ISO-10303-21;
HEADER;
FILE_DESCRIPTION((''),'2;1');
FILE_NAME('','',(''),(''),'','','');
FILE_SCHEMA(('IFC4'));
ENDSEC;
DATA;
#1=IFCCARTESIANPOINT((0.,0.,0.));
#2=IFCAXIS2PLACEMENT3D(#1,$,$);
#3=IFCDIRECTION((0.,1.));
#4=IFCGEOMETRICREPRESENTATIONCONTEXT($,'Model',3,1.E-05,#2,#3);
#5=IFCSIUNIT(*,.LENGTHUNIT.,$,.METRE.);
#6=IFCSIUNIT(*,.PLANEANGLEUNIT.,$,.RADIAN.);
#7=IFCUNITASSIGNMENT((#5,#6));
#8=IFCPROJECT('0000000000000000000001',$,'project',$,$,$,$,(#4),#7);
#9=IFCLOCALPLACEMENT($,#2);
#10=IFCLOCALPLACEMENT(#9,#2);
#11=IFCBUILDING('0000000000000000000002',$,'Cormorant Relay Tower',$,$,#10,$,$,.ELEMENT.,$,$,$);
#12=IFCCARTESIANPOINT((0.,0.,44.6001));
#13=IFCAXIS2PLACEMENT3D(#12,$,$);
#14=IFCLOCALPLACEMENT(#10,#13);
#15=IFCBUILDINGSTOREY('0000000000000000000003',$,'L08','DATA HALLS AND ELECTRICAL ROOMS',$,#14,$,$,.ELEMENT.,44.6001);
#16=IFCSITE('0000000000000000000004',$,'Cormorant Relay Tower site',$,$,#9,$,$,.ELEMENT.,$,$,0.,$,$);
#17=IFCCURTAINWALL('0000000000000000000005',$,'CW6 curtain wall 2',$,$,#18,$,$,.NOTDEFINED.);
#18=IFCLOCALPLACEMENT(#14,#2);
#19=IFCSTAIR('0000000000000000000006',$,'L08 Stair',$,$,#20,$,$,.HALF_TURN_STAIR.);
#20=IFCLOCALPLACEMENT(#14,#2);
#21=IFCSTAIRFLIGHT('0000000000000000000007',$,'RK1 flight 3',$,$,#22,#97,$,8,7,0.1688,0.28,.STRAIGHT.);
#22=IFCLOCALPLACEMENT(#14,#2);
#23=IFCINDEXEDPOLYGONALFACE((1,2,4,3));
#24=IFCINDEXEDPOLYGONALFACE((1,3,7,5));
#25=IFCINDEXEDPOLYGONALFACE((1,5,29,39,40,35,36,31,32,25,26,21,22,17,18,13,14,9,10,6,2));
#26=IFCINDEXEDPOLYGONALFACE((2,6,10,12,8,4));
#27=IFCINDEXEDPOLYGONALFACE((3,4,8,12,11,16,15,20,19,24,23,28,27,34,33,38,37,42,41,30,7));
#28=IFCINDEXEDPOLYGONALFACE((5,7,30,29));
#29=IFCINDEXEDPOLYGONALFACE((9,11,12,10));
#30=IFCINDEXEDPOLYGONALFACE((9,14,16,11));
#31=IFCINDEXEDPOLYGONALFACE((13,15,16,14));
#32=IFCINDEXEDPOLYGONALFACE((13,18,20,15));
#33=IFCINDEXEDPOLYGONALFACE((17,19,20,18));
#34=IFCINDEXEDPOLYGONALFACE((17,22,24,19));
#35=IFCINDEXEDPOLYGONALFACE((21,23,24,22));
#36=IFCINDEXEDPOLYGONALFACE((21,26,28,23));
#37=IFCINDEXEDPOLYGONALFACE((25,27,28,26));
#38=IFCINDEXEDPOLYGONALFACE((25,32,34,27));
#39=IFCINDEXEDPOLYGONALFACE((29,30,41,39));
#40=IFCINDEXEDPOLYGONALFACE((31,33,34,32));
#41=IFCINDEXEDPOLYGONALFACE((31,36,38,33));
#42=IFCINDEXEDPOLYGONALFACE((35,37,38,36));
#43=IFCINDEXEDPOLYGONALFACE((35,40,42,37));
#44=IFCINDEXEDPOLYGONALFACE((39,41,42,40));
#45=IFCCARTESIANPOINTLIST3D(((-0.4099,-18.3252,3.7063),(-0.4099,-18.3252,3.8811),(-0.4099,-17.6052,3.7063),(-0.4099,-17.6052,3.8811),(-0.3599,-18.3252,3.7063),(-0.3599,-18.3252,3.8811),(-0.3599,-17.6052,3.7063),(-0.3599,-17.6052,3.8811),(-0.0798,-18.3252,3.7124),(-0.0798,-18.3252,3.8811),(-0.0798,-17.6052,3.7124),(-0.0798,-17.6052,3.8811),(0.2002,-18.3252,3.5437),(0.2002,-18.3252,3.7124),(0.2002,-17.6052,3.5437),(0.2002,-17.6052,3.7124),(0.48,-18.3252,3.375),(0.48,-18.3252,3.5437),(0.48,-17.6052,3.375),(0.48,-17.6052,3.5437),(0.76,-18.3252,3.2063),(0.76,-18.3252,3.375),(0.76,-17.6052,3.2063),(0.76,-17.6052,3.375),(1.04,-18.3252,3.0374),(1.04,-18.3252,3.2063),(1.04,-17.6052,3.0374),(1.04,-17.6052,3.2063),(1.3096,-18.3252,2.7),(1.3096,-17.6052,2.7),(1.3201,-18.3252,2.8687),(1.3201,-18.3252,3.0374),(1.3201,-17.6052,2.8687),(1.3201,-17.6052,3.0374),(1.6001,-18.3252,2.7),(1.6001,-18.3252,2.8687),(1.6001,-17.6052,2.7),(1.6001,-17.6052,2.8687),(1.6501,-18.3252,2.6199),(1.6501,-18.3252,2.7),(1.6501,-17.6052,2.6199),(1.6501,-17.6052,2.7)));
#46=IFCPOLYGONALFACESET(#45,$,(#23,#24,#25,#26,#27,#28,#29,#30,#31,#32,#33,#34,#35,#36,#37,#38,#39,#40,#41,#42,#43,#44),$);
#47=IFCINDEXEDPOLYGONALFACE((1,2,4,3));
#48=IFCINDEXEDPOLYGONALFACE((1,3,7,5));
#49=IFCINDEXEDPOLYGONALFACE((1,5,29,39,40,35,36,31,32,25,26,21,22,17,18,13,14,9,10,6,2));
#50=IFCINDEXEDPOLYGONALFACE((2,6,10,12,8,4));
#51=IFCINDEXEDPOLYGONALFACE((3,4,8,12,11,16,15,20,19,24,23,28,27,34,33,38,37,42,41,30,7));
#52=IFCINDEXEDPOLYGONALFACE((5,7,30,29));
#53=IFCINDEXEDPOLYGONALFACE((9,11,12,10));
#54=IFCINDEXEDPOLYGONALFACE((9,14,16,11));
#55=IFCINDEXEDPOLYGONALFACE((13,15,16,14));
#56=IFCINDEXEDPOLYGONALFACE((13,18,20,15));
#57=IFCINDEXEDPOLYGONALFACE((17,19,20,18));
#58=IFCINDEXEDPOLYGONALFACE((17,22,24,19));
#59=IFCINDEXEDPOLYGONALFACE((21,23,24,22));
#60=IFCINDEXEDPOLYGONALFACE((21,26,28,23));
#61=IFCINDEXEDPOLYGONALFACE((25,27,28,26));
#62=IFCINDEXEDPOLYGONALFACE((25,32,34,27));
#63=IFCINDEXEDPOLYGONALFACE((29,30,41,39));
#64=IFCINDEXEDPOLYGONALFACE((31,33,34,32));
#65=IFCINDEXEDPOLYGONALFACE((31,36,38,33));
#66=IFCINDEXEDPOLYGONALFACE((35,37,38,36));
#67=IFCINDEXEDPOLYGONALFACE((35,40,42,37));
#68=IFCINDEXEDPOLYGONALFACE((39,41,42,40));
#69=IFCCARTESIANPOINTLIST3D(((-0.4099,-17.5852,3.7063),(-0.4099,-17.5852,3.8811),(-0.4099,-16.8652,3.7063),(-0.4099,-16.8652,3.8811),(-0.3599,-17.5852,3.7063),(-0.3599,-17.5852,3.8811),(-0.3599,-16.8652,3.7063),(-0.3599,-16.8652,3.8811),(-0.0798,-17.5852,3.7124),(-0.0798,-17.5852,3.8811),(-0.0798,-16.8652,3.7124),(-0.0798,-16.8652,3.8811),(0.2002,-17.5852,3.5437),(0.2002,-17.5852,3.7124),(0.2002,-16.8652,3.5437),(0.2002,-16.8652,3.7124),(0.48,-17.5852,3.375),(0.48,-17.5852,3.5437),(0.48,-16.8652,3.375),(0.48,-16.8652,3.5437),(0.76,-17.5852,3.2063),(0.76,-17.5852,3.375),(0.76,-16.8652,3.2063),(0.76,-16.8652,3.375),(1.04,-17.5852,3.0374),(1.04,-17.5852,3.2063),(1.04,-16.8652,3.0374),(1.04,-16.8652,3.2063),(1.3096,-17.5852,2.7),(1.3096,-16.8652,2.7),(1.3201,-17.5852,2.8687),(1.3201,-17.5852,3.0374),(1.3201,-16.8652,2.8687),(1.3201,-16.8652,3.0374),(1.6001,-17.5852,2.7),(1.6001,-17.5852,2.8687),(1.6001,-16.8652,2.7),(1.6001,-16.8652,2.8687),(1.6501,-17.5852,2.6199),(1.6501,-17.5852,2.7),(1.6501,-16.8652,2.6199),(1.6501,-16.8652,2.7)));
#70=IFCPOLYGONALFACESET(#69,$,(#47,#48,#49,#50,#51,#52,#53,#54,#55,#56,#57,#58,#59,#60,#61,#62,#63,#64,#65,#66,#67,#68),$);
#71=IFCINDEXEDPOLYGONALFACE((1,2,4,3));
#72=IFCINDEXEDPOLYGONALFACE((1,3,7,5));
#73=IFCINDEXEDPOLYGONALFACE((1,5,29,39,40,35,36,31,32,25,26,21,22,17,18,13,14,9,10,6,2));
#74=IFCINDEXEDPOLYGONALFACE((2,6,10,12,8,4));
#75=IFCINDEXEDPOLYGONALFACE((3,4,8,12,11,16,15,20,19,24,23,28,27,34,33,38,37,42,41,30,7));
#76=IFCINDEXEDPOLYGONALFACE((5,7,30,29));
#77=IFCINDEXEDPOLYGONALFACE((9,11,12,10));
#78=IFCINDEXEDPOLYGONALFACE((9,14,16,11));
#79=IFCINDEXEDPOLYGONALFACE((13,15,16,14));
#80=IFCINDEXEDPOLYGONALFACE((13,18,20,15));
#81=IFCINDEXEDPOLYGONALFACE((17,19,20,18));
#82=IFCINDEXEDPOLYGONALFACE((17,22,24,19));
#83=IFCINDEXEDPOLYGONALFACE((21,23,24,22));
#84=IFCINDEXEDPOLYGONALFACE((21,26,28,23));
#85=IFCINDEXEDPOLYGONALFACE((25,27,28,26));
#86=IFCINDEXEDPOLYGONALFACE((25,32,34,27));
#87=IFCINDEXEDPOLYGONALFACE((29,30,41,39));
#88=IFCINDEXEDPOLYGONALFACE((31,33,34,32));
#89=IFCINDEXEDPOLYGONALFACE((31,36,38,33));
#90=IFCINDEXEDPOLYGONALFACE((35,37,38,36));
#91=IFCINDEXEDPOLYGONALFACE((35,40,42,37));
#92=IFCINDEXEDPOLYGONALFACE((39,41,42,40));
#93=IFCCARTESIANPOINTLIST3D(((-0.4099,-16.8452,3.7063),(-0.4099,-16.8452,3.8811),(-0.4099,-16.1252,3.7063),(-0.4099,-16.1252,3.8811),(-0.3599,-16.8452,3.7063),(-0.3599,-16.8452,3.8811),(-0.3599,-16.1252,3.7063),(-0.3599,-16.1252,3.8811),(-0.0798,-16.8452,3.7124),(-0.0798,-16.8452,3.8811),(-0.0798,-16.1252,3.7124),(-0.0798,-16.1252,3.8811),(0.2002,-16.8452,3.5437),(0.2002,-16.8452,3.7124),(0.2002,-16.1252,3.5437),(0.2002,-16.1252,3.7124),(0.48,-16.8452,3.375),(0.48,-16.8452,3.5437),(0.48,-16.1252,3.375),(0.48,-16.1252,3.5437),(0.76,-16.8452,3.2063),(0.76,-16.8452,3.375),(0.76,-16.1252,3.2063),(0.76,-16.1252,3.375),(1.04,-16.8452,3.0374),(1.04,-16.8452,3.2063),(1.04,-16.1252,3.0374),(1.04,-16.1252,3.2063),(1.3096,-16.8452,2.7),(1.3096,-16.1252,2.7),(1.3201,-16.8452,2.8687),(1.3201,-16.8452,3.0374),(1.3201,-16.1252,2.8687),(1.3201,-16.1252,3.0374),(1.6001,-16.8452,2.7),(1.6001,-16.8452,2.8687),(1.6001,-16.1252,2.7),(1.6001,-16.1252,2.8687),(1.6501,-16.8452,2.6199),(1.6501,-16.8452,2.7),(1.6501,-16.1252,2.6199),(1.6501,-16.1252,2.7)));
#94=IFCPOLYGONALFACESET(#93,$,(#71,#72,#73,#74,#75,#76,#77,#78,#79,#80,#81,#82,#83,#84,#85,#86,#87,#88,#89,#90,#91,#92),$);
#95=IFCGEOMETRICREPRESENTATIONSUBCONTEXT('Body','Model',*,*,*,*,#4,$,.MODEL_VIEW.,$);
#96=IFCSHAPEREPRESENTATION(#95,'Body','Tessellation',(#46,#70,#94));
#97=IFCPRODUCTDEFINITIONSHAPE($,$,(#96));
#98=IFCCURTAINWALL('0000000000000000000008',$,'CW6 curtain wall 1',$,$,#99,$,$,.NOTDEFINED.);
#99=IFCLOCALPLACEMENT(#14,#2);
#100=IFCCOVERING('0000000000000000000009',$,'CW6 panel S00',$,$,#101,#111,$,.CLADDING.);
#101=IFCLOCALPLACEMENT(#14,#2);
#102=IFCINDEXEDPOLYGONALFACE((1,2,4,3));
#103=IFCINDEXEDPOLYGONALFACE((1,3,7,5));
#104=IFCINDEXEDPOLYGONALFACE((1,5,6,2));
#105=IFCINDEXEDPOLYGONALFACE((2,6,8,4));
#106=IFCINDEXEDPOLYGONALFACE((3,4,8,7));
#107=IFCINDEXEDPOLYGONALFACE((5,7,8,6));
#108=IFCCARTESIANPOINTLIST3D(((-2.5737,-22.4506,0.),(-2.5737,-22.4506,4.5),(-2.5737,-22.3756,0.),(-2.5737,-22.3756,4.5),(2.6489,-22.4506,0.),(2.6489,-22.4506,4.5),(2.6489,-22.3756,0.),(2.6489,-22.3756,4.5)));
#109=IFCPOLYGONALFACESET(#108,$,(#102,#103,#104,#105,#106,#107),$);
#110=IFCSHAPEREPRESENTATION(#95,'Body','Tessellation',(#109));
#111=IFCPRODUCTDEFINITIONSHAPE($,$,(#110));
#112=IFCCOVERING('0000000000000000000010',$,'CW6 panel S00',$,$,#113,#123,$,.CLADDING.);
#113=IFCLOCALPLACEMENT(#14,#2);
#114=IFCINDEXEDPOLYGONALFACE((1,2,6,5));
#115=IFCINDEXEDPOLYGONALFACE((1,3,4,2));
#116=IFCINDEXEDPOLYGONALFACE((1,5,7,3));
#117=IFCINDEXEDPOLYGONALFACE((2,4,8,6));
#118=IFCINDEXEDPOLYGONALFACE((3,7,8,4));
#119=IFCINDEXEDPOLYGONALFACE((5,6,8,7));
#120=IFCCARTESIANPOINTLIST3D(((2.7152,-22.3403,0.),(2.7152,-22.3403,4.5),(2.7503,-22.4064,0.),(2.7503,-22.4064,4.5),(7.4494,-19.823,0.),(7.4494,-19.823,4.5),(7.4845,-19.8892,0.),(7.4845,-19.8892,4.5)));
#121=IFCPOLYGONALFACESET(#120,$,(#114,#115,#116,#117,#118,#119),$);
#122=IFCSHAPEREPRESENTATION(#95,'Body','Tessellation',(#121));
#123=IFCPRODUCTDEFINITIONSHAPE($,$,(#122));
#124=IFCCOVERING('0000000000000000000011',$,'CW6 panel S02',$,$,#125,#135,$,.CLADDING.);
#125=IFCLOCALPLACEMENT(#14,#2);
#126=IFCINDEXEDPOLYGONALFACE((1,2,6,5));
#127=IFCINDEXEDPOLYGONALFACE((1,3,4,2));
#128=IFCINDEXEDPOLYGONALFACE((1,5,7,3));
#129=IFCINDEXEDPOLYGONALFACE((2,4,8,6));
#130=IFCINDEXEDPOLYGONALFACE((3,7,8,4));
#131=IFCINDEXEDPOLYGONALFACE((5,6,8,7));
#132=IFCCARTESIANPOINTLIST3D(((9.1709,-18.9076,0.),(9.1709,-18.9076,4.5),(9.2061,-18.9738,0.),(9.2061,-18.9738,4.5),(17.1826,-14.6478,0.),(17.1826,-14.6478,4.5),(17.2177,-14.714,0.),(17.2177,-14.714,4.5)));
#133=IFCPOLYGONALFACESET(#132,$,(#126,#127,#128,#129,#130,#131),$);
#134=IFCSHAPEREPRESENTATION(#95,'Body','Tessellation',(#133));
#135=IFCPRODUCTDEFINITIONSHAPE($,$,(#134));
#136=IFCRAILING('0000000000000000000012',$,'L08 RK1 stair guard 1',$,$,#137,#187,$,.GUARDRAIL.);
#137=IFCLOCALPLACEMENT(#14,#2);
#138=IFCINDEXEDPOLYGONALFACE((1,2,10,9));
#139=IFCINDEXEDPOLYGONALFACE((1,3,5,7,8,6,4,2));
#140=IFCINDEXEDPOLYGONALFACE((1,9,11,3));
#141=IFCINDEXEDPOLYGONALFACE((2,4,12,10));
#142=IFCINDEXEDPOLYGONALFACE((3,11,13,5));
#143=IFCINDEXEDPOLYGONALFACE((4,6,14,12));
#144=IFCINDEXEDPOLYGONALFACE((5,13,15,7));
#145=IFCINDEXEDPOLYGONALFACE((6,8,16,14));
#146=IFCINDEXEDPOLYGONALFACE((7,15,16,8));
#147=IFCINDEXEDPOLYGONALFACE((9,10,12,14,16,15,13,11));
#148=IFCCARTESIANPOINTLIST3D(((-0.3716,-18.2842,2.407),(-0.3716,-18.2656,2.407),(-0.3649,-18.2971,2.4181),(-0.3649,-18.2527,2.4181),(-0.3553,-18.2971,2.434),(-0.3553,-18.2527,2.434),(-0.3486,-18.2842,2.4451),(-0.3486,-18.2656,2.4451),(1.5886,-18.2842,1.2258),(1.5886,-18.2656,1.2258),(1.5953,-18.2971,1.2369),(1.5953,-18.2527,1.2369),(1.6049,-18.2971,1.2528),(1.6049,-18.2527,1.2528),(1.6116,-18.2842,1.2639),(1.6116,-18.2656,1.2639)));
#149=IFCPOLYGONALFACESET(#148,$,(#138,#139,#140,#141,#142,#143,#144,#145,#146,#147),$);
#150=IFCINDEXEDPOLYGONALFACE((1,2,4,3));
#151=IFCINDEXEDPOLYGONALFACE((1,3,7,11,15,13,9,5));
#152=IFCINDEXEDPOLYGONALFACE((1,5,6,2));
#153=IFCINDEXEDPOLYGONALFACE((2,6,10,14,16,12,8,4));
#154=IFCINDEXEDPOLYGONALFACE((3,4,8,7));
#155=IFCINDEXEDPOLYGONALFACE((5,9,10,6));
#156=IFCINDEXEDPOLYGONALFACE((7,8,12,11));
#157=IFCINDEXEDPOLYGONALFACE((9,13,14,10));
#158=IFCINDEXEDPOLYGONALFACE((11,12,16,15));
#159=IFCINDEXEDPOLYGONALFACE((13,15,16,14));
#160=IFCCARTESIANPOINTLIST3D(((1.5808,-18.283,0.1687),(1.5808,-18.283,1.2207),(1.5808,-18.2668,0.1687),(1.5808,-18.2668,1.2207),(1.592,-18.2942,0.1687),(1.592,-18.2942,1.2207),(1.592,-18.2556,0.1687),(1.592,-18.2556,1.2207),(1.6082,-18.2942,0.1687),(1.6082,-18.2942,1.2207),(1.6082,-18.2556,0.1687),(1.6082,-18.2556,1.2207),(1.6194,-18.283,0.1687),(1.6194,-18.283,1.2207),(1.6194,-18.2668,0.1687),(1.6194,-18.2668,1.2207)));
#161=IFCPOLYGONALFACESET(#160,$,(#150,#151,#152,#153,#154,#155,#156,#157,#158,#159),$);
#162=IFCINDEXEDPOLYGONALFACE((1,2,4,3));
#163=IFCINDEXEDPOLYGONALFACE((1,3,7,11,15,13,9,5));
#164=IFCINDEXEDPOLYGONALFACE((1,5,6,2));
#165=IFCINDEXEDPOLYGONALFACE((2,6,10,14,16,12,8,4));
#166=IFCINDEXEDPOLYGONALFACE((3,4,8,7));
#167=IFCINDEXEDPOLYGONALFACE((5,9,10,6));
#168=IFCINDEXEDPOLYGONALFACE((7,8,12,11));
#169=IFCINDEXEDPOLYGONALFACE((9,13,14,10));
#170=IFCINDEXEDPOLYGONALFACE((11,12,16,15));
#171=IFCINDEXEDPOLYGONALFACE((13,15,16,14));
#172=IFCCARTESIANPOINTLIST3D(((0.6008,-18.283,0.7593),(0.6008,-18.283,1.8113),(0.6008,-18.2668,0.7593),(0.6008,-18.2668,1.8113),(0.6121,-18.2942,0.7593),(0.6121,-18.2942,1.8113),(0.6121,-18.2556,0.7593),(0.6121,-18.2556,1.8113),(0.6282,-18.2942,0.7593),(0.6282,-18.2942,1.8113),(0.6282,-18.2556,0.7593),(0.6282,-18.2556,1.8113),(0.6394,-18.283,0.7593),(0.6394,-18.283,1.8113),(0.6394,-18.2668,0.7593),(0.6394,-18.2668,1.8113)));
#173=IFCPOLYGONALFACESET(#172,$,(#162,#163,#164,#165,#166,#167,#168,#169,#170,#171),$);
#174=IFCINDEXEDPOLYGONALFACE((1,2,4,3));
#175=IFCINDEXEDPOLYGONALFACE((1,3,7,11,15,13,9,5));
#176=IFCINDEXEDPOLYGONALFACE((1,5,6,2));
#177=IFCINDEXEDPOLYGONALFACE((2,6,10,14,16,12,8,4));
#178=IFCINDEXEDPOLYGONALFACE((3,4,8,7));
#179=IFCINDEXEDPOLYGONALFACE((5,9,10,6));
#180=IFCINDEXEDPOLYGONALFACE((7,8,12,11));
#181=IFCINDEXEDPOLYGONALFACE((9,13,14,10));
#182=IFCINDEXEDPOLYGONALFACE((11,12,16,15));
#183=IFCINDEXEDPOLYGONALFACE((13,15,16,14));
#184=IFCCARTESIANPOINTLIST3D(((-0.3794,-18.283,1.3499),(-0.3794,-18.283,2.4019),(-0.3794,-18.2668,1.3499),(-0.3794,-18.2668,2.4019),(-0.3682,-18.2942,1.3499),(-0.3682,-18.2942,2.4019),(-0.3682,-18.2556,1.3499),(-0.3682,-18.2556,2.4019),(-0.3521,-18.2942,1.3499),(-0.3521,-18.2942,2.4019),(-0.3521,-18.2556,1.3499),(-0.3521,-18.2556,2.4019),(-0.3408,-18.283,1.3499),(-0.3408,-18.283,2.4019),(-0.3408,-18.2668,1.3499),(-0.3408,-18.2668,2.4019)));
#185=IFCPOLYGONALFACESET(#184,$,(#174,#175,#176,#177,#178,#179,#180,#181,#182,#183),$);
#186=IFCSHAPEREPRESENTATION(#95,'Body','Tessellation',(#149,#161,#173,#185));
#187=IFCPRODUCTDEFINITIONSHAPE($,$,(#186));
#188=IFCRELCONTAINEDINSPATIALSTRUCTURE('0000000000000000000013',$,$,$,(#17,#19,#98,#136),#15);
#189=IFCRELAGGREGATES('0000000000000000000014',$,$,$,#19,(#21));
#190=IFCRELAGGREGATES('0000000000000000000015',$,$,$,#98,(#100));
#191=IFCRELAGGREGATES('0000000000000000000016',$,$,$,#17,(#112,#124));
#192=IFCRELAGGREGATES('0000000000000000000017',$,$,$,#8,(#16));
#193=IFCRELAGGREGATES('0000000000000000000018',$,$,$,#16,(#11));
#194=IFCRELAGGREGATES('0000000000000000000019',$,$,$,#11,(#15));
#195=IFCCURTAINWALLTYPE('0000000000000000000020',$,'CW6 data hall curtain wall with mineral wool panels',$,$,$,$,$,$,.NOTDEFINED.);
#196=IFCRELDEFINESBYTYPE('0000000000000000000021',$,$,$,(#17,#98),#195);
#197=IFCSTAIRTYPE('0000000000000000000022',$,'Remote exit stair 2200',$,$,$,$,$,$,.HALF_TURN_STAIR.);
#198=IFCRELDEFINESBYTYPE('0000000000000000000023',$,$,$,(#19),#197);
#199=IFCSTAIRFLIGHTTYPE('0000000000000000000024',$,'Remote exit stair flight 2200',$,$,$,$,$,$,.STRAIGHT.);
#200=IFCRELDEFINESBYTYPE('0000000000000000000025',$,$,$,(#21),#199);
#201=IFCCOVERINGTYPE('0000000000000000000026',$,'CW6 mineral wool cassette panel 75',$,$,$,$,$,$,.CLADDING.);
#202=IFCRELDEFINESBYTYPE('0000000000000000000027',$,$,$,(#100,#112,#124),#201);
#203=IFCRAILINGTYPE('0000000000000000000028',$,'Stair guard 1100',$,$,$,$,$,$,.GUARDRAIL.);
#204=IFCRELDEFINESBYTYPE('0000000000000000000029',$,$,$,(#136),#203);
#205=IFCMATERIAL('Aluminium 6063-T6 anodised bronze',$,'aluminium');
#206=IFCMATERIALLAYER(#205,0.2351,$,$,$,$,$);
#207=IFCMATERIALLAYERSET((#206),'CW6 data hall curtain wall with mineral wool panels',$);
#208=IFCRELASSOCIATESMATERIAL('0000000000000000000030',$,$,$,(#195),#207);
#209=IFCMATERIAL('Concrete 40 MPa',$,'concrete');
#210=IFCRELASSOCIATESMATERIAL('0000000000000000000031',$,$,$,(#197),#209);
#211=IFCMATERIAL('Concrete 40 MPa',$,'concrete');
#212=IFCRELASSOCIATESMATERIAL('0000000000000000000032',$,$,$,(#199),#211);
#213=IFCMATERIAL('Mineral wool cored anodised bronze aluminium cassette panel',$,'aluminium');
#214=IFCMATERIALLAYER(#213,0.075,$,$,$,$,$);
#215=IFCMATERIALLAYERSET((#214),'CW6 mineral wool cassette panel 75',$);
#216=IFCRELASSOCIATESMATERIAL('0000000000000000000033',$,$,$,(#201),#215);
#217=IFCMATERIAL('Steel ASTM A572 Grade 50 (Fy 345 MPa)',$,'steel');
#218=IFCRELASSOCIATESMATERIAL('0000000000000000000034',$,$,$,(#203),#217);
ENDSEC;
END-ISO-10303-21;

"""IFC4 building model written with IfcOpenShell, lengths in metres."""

from ifc_helpers import new_model, si_unit, direction, frame, origin, origin_2d, place, context, subcontext, project, spatial, polyline, rectangle, outline, extrude, material, layer, layer_set, type_object, element, aggregate, save


model = new_model("IFC4")

# Units and contexts
model_context = context("Model", 3, precision=1e-05, world=origin(), true_north=direction((0.0, 1.0)))
body_context = subcontext(model_context, "Body", "Model", "MODEL_VIEW")
ifc_project = project(units=[si_unit("LENGTHUNIT", "METRE"), si_unit("PLANEANGLEUNIT", "RADIAN")], contexts=[model_context])

# Site, building, storey
site_placement = place(None, origin())
site = spatial("IfcSite", under=ifc_project, at=site_placement, Name="Cormorant Relay Tower site", CompositionType="ELEMENT", RefElevation=0.0)
building_placement = place(site_placement, origin())
building = spatial("IfcBuilding", under=site, at=building_placement, Name="Cormorant Relay Tower", CompositionType="ELEMENT")
storey_placement = place(building_placement, frame((0.0, 0.0, 44.6001)))
storey = spatial("IfcBuildingStorey", under=building, at=storey_placement, Name="L08", Description="DATA HALLS AND ELECTRICAL ROOMS", CompositionType="ELEMENT", Elevation=44.6001)

# Curtain wall
ifc_material_1 = material(Name="Aluminium 6063-T6 anodised bronze", Category="aluminium")
ifc_layer_1 = layer(ifc_material_1, 0.2351)
ifc_layer_set_1 = layer_set([ifc_layer_1], Name="CW6 data hall curtain wall with mineral wool panels")
curtain_wall_type = type_object("IfcCurtainWallType", Name="CW6 data hall curtain wall with mineral wool panels", PredefinedType="NOTDEFINED", material=ifc_layer_set_1)
curtain_wall_1_placement = place(storey_placement, origin())
curtain_wall_1 = element("IfcCurtainWall", 1, at=curtain_wall_1_placement, inside=storey, type_object=curtain_wall_type, Name="CW6 curtain wall 2", PredefinedType="NOTDEFINED")

# Stair, stair flight
ifc_material_2 = material(Name="Concrete 40 MPa", Category="concrete")
stair_type = type_object("IfcStairType", Name="Remote exit stair 2200", PredefinedType="HALF_TURN_STAIR", material=ifc_material_2)
stair_placement = place(storey_placement, origin())
stair = element("IfcStair", 2, at=stair_placement, inside=storey, type_object=stair_type, Name="L08 Stair", PredefinedType="HALF_TURN_STAIR")
ifc_material_3 = material(Name="Concrete 40 MPa", Category="concrete")
stair_flight_type = type_object("IfcStairFlightType", Name="Remote exit stair flight 2200", PredefinedType="STRAIGHT", material=ifc_material_3)
stair_flight_1_placement = place(storey_placement, frame((1.6001, -17.2251, 2.7), z_axis=(0.0, 0.0, 1.0), x_axis=(-1.0, 0.0, 0.0)))
stair_flight_1 = element("IfcStairFlight", 3, at=stair_flight_1_placement, type_object=stair_flight_type, Name="RK1 flight 3", NumberOfRisers=8, NumberOfTreads=7, PredefinedType="STRAIGHT", RiserHeight=0.1688, TreadLength=0.28, context=body_context, shape_type="SweptSolid", body=[
    extrude(outline(polyline([(-0.05, -0.0801), (-0.05, 0.0), (0.0, 0.0), (0.0, 0.1687), (0.28, 0.1687), (0.28, 0.3374), (0.5601, 0.3374), (0.5601, 0.5063), (0.8401, 0.5063), (0.8401, 0.675), (1.1201, 0.675), (1.1201, 0.8438), (1.3999, 0.8438), (1.3999, 1.0125), (1.6799, 1.0125), (1.6799, 1.1812), (1.96, 1.1812), (2.01, 1.1812), (2.01, 1.0063), (1.96, 1.0063), (0.2905, 0.0), (-0.05, -0.0801)])), frame((0.0, 1.1001, 0.0), z_axis=(0.0, -1.0, 0.0), x_axis=(1.0, 0.0, 0.0)), (0.0, 0.0, 1.0), 0.72),
    extrude(outline(polyline([(-0.05, -0.0801), (-0.05, 0.0), (0.0, 0.0), (0.0, 0.1687), (0.28, 0.1687), (0.28, 0.3374), (0.5601, 0.3374), (0.5601, 0.5063), (0.8401, 0.5063), (0.8401, 0.675), (1.1201, 0.675), (1.1201, 0.8438), (1.3999, 0.8438), (1.3999, 1.0125), (1.6799, 1.0125), (1.6799, 1.1812), (1.96, 1.1812), (2.01, 1.1812), (2.01, 1.0063), (1.96, 1.0063), (0.2905, 0.0), (-0.05, -0.0801)])), frame((0.0, 0.3601, 0.0), z_axis=(0.0, -1.0, 0.0), x_axis=(1.0, 0.0, 0.0)), (0.0, 0.0, 1.0), 0.72),
    extrude(outline(polyline([(-0.05, -0.0801), (-0.05, 0.0), (0.0, 0.0), (0.0, 0.1687), (0.28, 0.1687), (0.28, 0.3374), (0.5601, 0.3374), (0.5601, 0.5063), (0.8401, 0.5063), (0.8401, 0.675), (1.1201, 0.675), (1.1201, 0.8438), (1.3999, 0.8438), (1.3999, 1.0125), (1.6799, 1.0125), (1.6799, 1.1812), (1.96, 1.1812), (2.01, 1.1812), (2.01, 1.0063), (1.96, 1.0063), (0.2905, 0.0), (-0.05, -0.0801)])), frame((0.0, -0.3799, 0.0), z_axis=(0.0, -1.0, 0.0), x_axis=(1.0, 0.0, 0.0)), (0.0, 0.0, 1.0), 0.72),
])
aggregate(stair, [stair_flight_1])

# Curtain wall, covering
curtain_wall_2_placement = place(storey_placement, origin())
curtain_wall_2 = element("IfcCurtainWall", 4, at=curtain_wall_2_placement, inside=storey, type_object=curtain_wall_type, Name="CW6 curtain wall 1", PredefinedType="NOTDEFINED")
ifc_material_4 = material(Name="Mineral wool cored anodised bronze aluminium cassette panel", Category="aluminium")
ifc_layer_2 = layer(ifc_material_4, 0.075)
ifc_layer_set_2 = layer_set([ifc_layer_2], Name="CW6 mineral wool cassette panel 75")
covering_type = type_object("IfcCoveringType", Name="CW6 mineral wool cassette panel 75", PredefinedType="CLADDING", material=ifc_layer_set_2)
covering_1_placement = place(storey_placement, frame((0.0376, -22.4131, 0.0), z_axis=(0.0, 0.0, 1.0), x_axis=(1.0, 0.0, 0.0)))
covering_1 = element("IfcCovering", 5, at=covering_1_placement, type_object=covering_type, Name="CW6 panel S00", PredefinedType="CLADDING", context=body_context, shape_type="SweptSolid", body=[
    extrude(rectangle(XDim=5.2227, YDim=0.075, at=origin_2d()), origin(), (0.0, 0.0, 1.0), 4.5),
])
aggregate(curtain_wall_2, [covering_1])

# Coverings
covering_2_placement = place(storey_placement, frame((5.0999, -21.1147, 0.0), z_axis=(0.0, 0.0, 1.0), x_axis=(0.882948, 0.469472, 0.0)))
covering_2 = element("IfcCovering", 6, at=covering_2_placement, type_object=covering_type, Name="CW6 panel S00", PredefinedType="CLADDING", context=body_context, shape_type="SweptSolid", body=[
    extrude(rectangle(XDim=5.3618, YDim=0.075, at=origin_2d()), origin(), (0.0, 0.0, 1.0), 4.5),
])
covering_3_placement = place(storey_placement, frame((13.1943, -16.8108, 0.0), z_axis=(0.0, 0.0, 1.0), x_axis=(0.882948, 0.469472, 0.0)))
covering_3 = element("IfcCovering", 7, at=covering_3_placement, type_object=covering_type, Name="CW6 panel S02", PredefinedType="CLADDING", context=body_context, shape_type="SweptSolid", body=[
    extrude(rectangle(XDim=9.0737, YDim=0.075, at=origin_2d()), origin(), (0.0, 0.0, 1.0), 4.5),
])
aggregate(curtain_wall_1, [covering_2, covering_3])

# Railing
ifc_material_5 = material(Name="Steel ASTM A572 Grade 50 (Fy 345 MPa)", Category="steel")
railing_type_1 = type_object("IfcRailingType", Name="Stair guard 1100", PredefinedType="GUARDRAIL", material=ifc_material_5)
railing_1_placement = place(storey_placement, frame((1.6001, -18.2749, 0.1687)))
element("IfcRailing", 8, at=railing_1_placement, inside=storey, type_object=railing_type_1, Name="L08 RK1 stair guard 1", PredefinedType="GUARDRAIL", context=body_context, shape_type="SweptSolid", body=[
    extrude(outline(polyline([(0.0222, 0.0093), (0.0093, 0.0222), (-0.0093, 0.0222), (-0.0222, 0.0093), (-0.0222, -0.0093), (-0.0093, -0.0222), (0.0093, -0.0222), (0.0222, -0.0093), (0.0222, 0.0093)])), frame((0.0, 0.0, 1.0762), z_axis=(-0.856522, 0.0, 0.516111), x_axis=(0.0, -1.0, 0.0)), (0.0, 0.0, 1.0), 2.2886),
    extrude(outline(polyline([(0.0193, 0.0081), (0.0081, 0.0193), (-0.0081, 0.0193), (-0.0193, 0.0081), (-0.0193, -0.0081), (-0.0081, -0.0193), (0.0081, -0.0193), (0.0193, -0.0081), (0.0193, 0.0081)])), origin(), (0.0, 0.0, 1.0), 1.052),
    extrude(outline(polyline([(0.0193, 0.0081), (0.0081, 0.0193), (-0.0081, 0.0193), (-0.0193, 0.0081), (-0.0193, -0.0081), (-0.0081, -0.0193), (0.0081, -0.0193), (0.0193, -0.0081), (0.0193, 0.0081)])), frame((-0.98, 0.0, 0.5906)), (0.0, 0.0, 1.0), 1.052),
    extrude(outline(polyline([(0.0193, 0.0081), (0.0081, 0.0193), (-0.0081, 0.0193), (-0.0193, 0.0081), (-0.0193, -0.0081), (-0.0081, -0.0193), (0.0081, -0.0193), (0.0193, -0.0081), (0.0193, 0.0081)])), frame((-1.9602, 0.0, 1.1812)), (0.0, 0.0, 1.0), 1.052),
])

save(model, "model.ifc")
